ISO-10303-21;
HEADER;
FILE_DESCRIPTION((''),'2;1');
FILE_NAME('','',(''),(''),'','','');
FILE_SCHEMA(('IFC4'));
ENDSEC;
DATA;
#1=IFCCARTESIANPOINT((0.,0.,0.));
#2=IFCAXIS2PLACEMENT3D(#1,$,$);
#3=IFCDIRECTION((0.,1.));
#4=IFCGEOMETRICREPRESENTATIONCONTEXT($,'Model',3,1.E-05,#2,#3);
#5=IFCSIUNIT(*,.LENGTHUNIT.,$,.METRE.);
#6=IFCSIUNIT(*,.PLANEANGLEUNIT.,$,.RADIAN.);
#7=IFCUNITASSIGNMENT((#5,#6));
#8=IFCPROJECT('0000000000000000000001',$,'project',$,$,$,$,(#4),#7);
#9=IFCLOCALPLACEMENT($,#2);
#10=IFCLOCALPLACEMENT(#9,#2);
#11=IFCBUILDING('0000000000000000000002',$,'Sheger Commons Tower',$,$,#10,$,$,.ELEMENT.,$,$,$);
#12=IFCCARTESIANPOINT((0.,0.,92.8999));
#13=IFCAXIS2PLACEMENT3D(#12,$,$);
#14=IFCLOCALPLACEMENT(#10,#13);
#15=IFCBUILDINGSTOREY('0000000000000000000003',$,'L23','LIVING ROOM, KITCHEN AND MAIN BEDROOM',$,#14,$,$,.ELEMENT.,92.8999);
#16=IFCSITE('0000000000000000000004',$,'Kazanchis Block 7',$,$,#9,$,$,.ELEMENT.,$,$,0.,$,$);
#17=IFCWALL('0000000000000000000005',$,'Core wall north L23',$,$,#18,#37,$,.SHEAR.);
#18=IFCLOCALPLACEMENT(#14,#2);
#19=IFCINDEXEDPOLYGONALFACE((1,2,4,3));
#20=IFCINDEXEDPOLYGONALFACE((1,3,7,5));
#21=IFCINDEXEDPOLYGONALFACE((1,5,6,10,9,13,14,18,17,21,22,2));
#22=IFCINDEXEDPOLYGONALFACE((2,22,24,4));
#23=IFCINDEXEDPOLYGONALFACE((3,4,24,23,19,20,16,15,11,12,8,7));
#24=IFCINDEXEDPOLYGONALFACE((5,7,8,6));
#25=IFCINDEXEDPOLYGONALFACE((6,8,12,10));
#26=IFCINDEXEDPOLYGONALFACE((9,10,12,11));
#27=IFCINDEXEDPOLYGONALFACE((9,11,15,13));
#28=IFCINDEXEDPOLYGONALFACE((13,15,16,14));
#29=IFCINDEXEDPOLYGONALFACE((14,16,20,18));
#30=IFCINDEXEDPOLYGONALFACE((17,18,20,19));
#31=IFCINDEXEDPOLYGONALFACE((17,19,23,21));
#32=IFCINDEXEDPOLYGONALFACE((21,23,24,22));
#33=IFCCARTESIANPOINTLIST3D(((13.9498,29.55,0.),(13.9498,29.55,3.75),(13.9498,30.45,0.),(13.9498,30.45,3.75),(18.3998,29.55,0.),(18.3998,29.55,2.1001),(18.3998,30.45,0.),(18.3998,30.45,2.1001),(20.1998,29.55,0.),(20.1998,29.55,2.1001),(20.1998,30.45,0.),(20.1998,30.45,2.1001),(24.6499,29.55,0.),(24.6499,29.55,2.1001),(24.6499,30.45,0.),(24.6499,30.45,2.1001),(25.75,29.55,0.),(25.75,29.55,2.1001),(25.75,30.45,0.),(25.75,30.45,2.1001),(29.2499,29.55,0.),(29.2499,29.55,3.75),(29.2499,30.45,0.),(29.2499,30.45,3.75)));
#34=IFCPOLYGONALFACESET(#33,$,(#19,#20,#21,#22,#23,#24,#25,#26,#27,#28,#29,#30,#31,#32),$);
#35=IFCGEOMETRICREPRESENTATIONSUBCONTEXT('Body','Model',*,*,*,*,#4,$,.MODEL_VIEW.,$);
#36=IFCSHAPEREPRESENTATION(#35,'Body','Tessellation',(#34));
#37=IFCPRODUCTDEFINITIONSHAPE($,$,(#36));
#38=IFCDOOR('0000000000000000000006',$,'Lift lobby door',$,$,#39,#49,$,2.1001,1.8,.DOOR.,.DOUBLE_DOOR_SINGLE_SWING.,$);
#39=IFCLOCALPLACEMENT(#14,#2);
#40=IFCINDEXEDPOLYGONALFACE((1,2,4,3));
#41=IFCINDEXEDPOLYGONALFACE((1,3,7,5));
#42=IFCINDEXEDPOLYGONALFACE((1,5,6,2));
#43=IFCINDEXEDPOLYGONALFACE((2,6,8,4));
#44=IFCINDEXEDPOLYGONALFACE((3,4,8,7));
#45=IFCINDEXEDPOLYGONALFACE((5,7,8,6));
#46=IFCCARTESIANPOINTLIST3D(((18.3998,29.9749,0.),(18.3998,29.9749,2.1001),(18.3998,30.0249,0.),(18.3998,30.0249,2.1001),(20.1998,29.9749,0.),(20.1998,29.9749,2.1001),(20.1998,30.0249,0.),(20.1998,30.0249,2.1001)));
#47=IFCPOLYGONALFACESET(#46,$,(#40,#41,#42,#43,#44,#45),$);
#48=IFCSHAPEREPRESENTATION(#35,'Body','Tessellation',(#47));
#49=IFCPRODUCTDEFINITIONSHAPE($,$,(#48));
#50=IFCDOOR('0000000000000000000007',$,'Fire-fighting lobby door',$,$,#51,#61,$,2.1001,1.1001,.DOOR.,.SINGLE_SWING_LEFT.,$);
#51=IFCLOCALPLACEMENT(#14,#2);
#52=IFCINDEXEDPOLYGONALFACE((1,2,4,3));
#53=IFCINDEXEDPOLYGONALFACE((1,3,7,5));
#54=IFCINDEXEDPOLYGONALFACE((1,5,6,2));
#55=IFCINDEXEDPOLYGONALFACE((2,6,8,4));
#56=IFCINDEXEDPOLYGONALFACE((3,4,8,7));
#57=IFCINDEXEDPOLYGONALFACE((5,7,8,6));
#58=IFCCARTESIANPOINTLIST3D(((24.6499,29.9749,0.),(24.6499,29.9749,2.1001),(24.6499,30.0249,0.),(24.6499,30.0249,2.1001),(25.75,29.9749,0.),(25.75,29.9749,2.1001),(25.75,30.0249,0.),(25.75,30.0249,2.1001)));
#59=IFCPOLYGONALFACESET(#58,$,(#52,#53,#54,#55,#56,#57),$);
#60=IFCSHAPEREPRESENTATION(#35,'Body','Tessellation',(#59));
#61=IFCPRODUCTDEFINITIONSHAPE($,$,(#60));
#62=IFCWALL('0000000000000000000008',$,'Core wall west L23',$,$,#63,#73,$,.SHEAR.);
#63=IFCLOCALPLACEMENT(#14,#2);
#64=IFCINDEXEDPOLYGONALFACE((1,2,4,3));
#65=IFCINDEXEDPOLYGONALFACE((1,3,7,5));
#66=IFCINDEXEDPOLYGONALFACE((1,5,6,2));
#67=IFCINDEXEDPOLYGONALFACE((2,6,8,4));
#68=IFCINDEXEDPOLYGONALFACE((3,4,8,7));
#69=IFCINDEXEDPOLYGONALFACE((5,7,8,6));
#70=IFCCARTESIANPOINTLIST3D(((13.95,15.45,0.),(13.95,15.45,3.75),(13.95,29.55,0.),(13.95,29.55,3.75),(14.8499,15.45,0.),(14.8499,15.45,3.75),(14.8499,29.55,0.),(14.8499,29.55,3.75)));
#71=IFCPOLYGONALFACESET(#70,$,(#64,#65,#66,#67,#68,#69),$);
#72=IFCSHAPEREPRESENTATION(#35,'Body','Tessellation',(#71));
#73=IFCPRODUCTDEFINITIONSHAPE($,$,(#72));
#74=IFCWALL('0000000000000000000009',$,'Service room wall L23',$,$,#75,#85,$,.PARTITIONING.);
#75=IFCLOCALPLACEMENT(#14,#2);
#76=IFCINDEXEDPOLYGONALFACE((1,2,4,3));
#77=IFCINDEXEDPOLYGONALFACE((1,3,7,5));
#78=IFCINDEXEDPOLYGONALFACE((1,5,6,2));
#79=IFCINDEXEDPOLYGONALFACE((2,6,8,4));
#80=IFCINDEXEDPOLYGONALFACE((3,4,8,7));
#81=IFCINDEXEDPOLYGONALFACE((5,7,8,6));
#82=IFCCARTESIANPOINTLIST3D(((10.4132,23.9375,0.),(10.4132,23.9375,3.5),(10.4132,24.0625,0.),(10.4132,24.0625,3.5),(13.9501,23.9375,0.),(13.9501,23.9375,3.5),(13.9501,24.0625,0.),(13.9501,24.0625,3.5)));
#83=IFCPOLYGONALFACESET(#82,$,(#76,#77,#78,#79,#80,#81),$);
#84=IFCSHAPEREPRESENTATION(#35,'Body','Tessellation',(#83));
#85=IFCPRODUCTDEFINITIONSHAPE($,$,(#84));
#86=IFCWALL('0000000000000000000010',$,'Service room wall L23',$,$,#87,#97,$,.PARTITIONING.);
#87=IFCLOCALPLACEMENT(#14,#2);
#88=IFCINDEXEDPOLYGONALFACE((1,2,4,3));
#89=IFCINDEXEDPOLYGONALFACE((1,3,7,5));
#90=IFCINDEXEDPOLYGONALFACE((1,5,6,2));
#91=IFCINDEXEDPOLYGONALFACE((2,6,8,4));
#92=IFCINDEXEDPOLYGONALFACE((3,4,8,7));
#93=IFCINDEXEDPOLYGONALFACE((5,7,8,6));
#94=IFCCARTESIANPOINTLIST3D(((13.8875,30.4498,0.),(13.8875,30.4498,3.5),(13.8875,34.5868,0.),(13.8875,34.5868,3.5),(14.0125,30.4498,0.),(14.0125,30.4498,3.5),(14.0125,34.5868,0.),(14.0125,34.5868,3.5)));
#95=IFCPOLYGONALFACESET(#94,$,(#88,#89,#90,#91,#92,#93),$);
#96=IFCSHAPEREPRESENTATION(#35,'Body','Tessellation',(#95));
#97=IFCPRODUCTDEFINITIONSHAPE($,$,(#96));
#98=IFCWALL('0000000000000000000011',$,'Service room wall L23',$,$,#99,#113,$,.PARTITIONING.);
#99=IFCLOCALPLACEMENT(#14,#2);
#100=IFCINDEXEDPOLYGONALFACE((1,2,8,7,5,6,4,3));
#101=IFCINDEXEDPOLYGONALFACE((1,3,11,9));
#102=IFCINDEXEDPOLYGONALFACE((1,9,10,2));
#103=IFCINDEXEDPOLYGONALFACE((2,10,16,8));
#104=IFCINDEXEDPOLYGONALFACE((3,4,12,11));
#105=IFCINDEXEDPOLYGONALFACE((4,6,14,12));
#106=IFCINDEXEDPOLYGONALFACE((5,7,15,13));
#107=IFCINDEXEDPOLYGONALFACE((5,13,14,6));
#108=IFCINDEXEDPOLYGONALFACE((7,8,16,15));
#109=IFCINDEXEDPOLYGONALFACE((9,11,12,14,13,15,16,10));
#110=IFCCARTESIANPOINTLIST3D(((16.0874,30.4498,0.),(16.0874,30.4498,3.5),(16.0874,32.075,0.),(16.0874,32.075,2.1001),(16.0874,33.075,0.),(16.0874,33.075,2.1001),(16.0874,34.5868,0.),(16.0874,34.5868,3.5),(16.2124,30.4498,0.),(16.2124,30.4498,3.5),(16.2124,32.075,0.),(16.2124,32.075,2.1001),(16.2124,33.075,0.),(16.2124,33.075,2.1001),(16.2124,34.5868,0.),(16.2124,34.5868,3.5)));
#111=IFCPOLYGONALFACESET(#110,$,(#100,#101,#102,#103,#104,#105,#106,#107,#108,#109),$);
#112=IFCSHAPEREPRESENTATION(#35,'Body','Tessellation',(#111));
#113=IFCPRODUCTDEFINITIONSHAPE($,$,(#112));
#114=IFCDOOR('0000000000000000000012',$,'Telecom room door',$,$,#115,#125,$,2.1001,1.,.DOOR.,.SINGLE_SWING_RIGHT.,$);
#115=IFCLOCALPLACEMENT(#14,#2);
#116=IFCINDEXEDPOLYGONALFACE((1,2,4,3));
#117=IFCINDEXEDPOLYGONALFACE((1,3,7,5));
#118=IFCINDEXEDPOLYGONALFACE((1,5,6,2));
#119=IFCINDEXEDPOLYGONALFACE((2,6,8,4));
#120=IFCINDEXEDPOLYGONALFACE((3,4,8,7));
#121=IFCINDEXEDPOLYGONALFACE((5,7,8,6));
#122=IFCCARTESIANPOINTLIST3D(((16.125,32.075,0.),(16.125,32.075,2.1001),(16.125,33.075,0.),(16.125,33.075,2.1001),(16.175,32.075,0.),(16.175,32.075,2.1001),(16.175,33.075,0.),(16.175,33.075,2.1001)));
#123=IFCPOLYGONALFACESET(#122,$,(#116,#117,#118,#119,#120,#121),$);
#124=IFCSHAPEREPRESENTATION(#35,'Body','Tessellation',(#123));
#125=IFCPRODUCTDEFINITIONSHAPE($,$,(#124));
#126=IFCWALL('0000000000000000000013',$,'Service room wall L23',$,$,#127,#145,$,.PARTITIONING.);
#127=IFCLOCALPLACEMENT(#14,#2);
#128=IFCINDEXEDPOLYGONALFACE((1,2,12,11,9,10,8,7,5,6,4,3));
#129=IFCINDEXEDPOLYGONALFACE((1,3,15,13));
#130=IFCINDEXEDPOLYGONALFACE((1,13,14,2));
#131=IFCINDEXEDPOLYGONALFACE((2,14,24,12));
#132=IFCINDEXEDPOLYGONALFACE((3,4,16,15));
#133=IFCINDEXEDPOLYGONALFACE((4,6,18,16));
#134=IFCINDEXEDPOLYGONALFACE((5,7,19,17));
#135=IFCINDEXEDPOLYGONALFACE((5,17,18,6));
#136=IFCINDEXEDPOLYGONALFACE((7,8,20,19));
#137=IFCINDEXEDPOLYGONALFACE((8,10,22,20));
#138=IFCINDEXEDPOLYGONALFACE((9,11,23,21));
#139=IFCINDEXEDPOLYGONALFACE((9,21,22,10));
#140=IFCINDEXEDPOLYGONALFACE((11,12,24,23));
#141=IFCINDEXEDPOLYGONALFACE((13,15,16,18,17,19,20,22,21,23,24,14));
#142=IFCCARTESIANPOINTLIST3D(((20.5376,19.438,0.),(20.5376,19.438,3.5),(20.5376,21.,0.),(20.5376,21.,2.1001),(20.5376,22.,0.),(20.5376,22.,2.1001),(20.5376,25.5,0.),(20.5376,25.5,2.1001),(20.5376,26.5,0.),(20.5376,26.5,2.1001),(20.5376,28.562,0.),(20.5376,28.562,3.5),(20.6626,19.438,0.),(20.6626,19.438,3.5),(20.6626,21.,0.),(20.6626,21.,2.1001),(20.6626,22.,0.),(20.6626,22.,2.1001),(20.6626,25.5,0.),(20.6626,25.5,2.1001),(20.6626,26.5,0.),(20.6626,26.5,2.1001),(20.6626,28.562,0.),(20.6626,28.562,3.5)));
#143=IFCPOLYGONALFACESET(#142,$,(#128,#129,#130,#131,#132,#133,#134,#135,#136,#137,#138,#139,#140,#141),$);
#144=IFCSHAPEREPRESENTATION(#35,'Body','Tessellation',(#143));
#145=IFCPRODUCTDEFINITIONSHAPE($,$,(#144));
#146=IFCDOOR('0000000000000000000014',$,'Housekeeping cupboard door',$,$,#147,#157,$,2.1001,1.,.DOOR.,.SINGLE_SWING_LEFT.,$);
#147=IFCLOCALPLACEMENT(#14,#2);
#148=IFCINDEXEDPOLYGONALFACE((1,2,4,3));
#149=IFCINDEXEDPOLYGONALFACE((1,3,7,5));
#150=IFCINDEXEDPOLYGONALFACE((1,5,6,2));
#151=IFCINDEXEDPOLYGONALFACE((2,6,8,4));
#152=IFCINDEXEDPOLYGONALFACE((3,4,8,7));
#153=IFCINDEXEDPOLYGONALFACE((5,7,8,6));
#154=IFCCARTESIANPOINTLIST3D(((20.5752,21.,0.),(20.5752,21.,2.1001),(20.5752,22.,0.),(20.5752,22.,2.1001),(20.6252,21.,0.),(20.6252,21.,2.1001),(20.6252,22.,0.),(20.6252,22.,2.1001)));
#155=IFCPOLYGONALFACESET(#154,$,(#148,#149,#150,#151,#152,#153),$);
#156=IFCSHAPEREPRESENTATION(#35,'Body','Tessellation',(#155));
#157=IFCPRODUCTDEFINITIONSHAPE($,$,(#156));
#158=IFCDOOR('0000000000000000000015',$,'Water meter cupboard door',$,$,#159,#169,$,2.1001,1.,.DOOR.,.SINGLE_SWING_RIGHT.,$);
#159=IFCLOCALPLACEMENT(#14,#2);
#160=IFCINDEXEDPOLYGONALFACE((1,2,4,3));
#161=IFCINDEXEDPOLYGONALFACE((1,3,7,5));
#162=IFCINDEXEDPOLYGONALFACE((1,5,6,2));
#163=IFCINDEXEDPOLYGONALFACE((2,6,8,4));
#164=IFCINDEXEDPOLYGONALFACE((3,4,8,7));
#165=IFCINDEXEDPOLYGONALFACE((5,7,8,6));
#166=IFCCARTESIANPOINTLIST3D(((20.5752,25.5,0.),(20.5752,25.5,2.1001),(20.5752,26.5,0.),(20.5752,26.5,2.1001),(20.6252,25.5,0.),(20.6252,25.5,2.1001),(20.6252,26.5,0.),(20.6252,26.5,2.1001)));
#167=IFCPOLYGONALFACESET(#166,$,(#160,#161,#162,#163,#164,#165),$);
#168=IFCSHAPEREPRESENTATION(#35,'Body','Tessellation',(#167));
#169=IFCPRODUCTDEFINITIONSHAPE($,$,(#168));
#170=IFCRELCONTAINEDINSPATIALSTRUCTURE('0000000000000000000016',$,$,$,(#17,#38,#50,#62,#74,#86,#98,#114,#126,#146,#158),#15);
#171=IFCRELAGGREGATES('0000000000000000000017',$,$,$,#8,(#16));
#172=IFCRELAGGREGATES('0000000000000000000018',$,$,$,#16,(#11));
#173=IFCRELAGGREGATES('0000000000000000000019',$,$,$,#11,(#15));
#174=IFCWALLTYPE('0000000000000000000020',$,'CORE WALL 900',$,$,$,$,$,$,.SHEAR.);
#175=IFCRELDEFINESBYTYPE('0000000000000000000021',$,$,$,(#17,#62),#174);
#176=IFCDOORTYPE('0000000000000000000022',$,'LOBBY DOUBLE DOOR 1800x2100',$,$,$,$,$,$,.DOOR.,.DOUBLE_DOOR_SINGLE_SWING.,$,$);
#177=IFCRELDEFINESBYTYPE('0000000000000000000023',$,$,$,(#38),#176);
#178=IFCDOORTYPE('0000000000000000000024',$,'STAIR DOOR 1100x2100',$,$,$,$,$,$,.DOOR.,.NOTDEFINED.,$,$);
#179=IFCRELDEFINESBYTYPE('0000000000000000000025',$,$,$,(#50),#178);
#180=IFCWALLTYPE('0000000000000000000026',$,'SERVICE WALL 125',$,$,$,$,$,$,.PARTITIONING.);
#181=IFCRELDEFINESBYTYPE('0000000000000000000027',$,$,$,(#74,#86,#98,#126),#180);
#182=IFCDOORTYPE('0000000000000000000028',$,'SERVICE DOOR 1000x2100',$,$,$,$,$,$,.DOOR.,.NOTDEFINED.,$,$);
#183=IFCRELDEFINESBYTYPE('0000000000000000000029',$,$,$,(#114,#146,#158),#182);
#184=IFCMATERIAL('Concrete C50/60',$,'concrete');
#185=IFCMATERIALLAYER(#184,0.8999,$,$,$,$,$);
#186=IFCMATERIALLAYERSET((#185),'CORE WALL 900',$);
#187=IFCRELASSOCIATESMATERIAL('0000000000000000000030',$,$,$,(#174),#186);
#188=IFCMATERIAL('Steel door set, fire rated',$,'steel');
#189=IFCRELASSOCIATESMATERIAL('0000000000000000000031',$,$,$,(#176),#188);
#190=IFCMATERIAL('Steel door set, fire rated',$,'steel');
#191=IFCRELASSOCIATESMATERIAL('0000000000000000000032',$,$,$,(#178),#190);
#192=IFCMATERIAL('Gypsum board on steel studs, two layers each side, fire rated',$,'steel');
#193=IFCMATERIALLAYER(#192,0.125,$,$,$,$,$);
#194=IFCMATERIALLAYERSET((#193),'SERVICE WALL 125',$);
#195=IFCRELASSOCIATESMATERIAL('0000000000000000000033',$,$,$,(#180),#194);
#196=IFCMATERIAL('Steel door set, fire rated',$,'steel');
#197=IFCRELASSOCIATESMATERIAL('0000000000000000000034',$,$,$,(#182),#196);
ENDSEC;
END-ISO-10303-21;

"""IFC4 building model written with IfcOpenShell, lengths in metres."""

from ifc_helpers import new_model, si_unit, direction, frame, frame_2d, origin, place, context, subcontext, project, spatial, rectangle, extrude, material, layer, layer_set, type_object, element, fill, save


model = new_model("IFC4")

# Units and contexts
model_context = context("Model", 3, precision=1e-05, world=origin(), true_north=direction((0.0, 1.0)))
body_context = subcontext(model_context, "Body", "Model", "MODEL_VIEW")
ifc_project = project(units=[si_unit("LENGTHUNIT", "METRE"), si_unit("PLANEANGLEUNIT", "RADIAN")], contexts=[model_context])

# Site, building, storey
site_placement = place(None, origin())
site = spatial("IfcSite", under=ifc_project, at=site_placement, Name="Kazanchis Block 7", CompositionType="ELEMENT", RefElevation=0.0)
building_placement = place(site_placement, origin())
building = spatial("IfcBuilding", under=site, at=building_placement, Name="Sheger Commons Tower", CompositionType="ELEMENT")
storey_placement = place(building_placement, frame((0.0, 0.0, 92.8999)))
storey = spatial("IfcBuildingStorey", under=building, at=storey_placement, Name="L23", Description="LIVING ROOM, KITCHEN AND MAIN BEDROOM", CompositionType="ELEMENT", Elevation=92.8999)

# Wall, openings, doors
ifc_material_1 = material(Name="Concrete C50/60", Category="concrete")
ifc_layer_1 = layer(ifc_material_1, 0.8999)
ifc_layer_set_1 = layer_set([ifc_layer_1], Name="CORE WALL 900")
wall_type_1 = type_object("IfcWallType", Name="CORE WALL 900", PredefinedType="SHEAR", material=ifc_layer_set_1)
ifc_material_2 = material(Name="Steel door set, fire rated", Category="steel")
door_type_1 = type_object("IfcDoorType", Name="LOBBY DOUBLE DOOR 1800x2100", OperationType="DOUBLE_DOOR_SINGLE_SWING", PredefinedType="DOOR", material=ifc_material_2)
ifc_material_3 = material(Name="Steel door set, fire rated", Category="steel")
door_type_2 = type_object("IfcDoorType", Name="STAIR DOOR 1100x2100", OperationType="NOTDEFINED", PredefinedType="DOOR", material=ifc_material_3)
wall_1_placement = place(storey_placement, frame((13.95, 30.0, 0.0), z_axis=(0.0, 0.0, 1.0), x_axis=(1.0, 0.0, 0.0)))
wall_1 = element("IfcWall", 1, at=wall_1_placement, inside=storey, type_object=wall_type_1, Name="Core wall north L23", PredefinedType="SHEAR", context=body_context, shape_type="SweptSolid", body=[
    extrude(rectangle(XDim=15.3, YDim=0.8999, at=frame_2d((7.6499, 0.0))), origin(), (0.0, 0.0, 1.0), 3.75),
])
opening_1_placement = place(wall_1_placement, frame((4.45, 0.0, 0.0)))
opening_1 = element("IfcOpeningElement", 2, at=opening_1_placement, cuts=wall_1, PredefinedType="OPENING", context=body_context, shape_type="SweptSolid", body=[
    extrude(rectangle(XDim=1.8, YDim=2.1001, at=frame_2d((0.8999, 1.05))), frame((0.0, 0.46, 0.0), z_axis=(0.0, -1.0, 0.0), x_axis=(1.0, 0.0, 0.0)), (0.0, 0.0, 1.0), 0.9199),
])
opening_2_placement = place(wall_1_placement, frame((10.7, 0.0, 0.0)))
opening_2 = element("IfcOpeningElement", 3, at=opening_2_placement, cuts=wall_1, PredefinedType="OPENING", context=body_context, shape_type="SweptSolid", body=[
    extrude(rectangle(XDim=1.1001, YDim=2.1001, at=frame_2d((0.55, 1.05))), frame((0.0, 0.46, 0.0), z_axis=(0.0, -1.0, 0.0), x_axis=(1.0, 0.0, 0.0)), (0.0, 0.0, 1.0), 0.9199),
])
door_1_placement = place(opening_1_placement, origin())
door_1 = element("IfcDoor", 4, at=door_1_placement, inside=storey, type_object=door_type_1, Name="Lift lobby door", OperationType="DOUBLE_DOOR_SINGLE_SWING", OverallHeight=2.1001, OverallWidth=1.8, PredefinedType="DOOR", context=body_context, shape_type="SweptSolid", body=[
    extrude(rectangle(XDim=1.8, YDim=2.1001, at=frame_2d((0.8999, 1.05))), frame((0.0, 0.0249, 0.0), z_axis=(0.0, -1.0, 0.0), x_axis=(1.0, 0.0, 0.0)), (0.0, 0.0, 1.0), 0.05),
])
fill(opening_1, door_1)
door_2_placement = place(opening_2_placement, origin())
door_2 = element("IfcDoor", 5, at=door_2_placement, inside=storey, type_object=door_type_2, Name="Fire-fighting lobby door", OperationType="SINGLE_SWING_LEFT", OverallHeight=2.1001, OverallWidth=1.1001, PredefinedType="DOOR", context=body_context, shape_type="SweptSolid", body=[
    extrude(rectangle(XDim=1.1001, YDim=2.1001, at=frame_2d((0.55, 1.05))), frame((0.0, 0.0249, 0.0), z_axis=(0.0, -1.0, 0.0), x_axis=(1.0, 0.0, 0.0)), (0.0, 0.0, 1.0), 0.05),
])
fill(opening_2, door_2)

# Walls
wall_2_placement = place(storey_placement, frame((14.3999, 15.45, 0.0), z_axis=(0.0, 0.0, 1.0), x_axis=(0.0, 1.0, 0.0)))
element("IfcWall", 6, at=wall_2_placement, inside=storey, type_object=wall_type_1, Name="Core wall west L23", PredefinedType="SHEAR", context=body_context, shape_type="SweptSolid", body=[
    extrude(rectangle(XDim=14.1001, YDim=0.8999, at=frame_2d((7.05, 0.0))), origin(), (0.0, 0.0, 1.0), 3.75),
])
ifc_material_4 = material(Name="Gypsum board on steel studs, two layers each side, fire rated", Category="steel")
ifc_layer_2 = layer(ifc_material_4, 0.125)
ifc_layer_set_2 = layer_set([ifc_layer_2], Name="SERVICE WALL 125")
wall_type_2 = type_object("IfcWallType", Name="SERVICE WALL 125", PredefinedType="PARTITIONING", material=ifc_layer_set_2)
wall_3_placement = place(storey_placement, frame((10.4131, 24.0, 0.0), z_axis=(0.0, 0.0, 1.0), x_axis=(1.0, 0.0, 0.0)))
element("IfcWall", 7, at=wall_3_placement, inside=storey, type_object=wall_type_2, Name="Service room wall L23", PredefinedType="PARTITIONING", context=body_context, shape_type="SweptSolid", body=[
    extrude(rectangle(XDim=3.5369, YDim=0.125, at=frame_2d((1.7686, 0.0))), origin(), (0.0, 0.0, 1.0), 3.5),
])
wall_4_placement = place(storey_placement, frame((13.95, 30.45, 0.0), z_axis=(0.0, 0.0, 1.0), x_axis=(0.0, 1.0, 0.0)))
element("IfcWall", 8, at=wall_4_placement, inside=storey, type_object=wall_type_2, Name="Service room wall L23", PredefinedType="PARTITIONING", context=body_context, shape_type="SweptSolid", body=[
    extrude(rectangle(XDim=4.137, YDim=0.125, at=frame_2d((2.0684, 0.0))), origin(), (0.0, 0.0, 1.0), 3.5),
])

# Wall, opening, door
wall_5_placement = place(storey_placement, frame((16.1499, 30.45, 0.0), z_axis=(0.0, 0.0, 1.0), x_axis=(0.0, 1.0, 0.0)))
wall_5 = element("IfcWall", 9, at=wall_5_placement, inside=storey, type_object=wall_type_2, Name="Service room wall L23", PredefinedType="PARTITIONING", context=body_context, shape_type="SweptSolid", body=[
    extrude(rectangle(XDim=4.137, YDim=0.125, at=frame_2d((2.0684, 0.0))), origin(), (0.0, 0.0, 1.0), 3.5),
])
opening_3_placement = place(wall_5_placement, frame((1.625, 0.0, 0.0)))
opening_3 = element("IfcOpeningElement", 10, at=opening_3_placement, cuts=wall_5, PredefinedType="OPENING", context=body_context, shape_type="SweptSolid", body=[
    extrude(rectangle(XDim=1.0, YDim=2.1001, at=frame_2d((0.5, 1.05))), frame((0.0, 0.0725, 0.0), z_axis=(0.0, -1.0, 0.0), x_axis=(1.0, 0.0, 0.0)), (0.0, 0.0, 1.0), 0.145),
])
ifc_material_5 = material(Name="Steel door set, fire rated", Category="steel")
door_type_3 = type_object("IfcDoorType", Name="SERVICE DOOR 1000x2100", OperationType="NOTDEFINED", PredefinedType="DOOR", material=ifc_material_5)
door_3_placement = place(opening_3_placement, origin())
door_3 = element("IfcDoor", 11, at=door_3_placement, inside=storey, type_object=door_type_3, Name="Telecom room door", OperationType="SINGLE_SWING_RIGHT", OverallHeight=2.1001, OverallWidth=1.0, PredefinedType="DOOR", context=body_context, shape_type="SweptSolid", body=[
    extrude(rectangle(XDim=1.0, YDim=2.1001, at=frame_2d((0.5, 1.05))), frame((0.0, 0.0249, 0.0), z_axis=(0.0, -1.0, 0.0), x_axis=(1.0, 0.0, 0.0)), (0.0, 0.0, 1.0), 0.05),
])
fill(opening_3, door_3)

# Wall, openings, doors
wall_6_placement = place(storey_placement, frame((20.6001, 19.438, 0.0), z_axis=(0.0, 0.0, 1.0), x_axis=(0.0, 1.0, 0.0)))
wall_6 = element("IfcWall", 12, at=wall_6_placement, inside=storey, type_object=wall_type_2, Name="Service room wall L23", PredefinedType="PARTITIONING", context=body_context, shape_type="SweptSolid", body=[
    extrude(rectangle(XDim=9.124, YDim=0.125, at=frame_2d((4.562, 0.0))), origin(), (0.0, 0.0, 1.0), 3.5),
])
opening_4_placement = place(wall_6_placement, frame((1.562, 0.0, 0.0)))
opening_4 = element("IfcOpeningElement", 13, at=opening_4_placement, cuts=wall_6, PredefinedType="OPENING", context=body_context, shape_type="SweptSolid", body=[
    extrude(rectangle(XDim=1.0, YDim=2.1001, at=frame_2d((0.5, 1.05))), frame((0.0, 0.0725, 0.0), z_axis=(0.0, -1.0, 0.0), x_axis=(1.0, 0.0, 0.0)), (0.0, 0.0, 1.0), 0.145),
])
opening_5_placement = place(wall_6_placement, frame((6.062, 0.0, 0.0)))
opening_5 = element("IfcOpeningElement", 14, at=opening_5_placement, cuts=wall_6, PredefinedType="OPENING", context=body_context, shape_type="SweptSolid", body=[
    extrude(rectangle(XDim=1.0, YDim=2.1001, at=frame_2d((0.5, 1.05))), frame((0.0, 0.0725, 0.0), z_axis=(0.0, -1.0, 0.0), x_axis=(1.0, 0.0, 0.0)), (0.0, 0.0, 1.0), 0.145),
])
door_4_placement = place(opening_4_placement, origin())
door_4 = element("IfcDoor", 15, at=door_4_placement, inside=storey, type_object=door_type_3, Name="Housekeeping cupboard door", OperationType="SINGLE_SWING_LEFT", OverallHeight=2.1001, OverallWidth=1.0, PredefinedType="DOOR", context=body_context, shape_type="SweptSolid", body=[
    extrude(rectangle(XDim=1.0, YDim=2.1001, at=frame_2d((0.5, 1.05))), frame((0.0, 0.0249, 0.0), z_axis=(0.0, -1.0, 0.0), x_axis=(1.0, 0.0, 0.0)), (0.0, 0.0, 1.0), 0.05),
])
fill(opening_4, door_4)
door_5_placement = place(opening_5_placement, origin())
door_5 = element("IfcDoor", 16, at=door_5_placement, inside=storey, type_object=door_type_3, Name="Water meter cupboard door", OperationType="SINGLE_SWING_RIGHT", OverallHeight=2.1001, OverallWidth=1.0, PredefinedType="DOOR", context=body_context, shape_type="SweptSolid", body=[
    extrude(rectangle(XDim=1.0, YDim=2.1001, at=frame_2d((0.5, 1.05))), frame((0.0, 0.0249, 0.0), z_axis=(0.0, -1.0, 0.0), x_axis=(1.0, 0.0, 0.0)), (0.0, 0.0, 1.0), 0.05),
])
fill(opening_5, door_5)

save(model, "model.ifc")
